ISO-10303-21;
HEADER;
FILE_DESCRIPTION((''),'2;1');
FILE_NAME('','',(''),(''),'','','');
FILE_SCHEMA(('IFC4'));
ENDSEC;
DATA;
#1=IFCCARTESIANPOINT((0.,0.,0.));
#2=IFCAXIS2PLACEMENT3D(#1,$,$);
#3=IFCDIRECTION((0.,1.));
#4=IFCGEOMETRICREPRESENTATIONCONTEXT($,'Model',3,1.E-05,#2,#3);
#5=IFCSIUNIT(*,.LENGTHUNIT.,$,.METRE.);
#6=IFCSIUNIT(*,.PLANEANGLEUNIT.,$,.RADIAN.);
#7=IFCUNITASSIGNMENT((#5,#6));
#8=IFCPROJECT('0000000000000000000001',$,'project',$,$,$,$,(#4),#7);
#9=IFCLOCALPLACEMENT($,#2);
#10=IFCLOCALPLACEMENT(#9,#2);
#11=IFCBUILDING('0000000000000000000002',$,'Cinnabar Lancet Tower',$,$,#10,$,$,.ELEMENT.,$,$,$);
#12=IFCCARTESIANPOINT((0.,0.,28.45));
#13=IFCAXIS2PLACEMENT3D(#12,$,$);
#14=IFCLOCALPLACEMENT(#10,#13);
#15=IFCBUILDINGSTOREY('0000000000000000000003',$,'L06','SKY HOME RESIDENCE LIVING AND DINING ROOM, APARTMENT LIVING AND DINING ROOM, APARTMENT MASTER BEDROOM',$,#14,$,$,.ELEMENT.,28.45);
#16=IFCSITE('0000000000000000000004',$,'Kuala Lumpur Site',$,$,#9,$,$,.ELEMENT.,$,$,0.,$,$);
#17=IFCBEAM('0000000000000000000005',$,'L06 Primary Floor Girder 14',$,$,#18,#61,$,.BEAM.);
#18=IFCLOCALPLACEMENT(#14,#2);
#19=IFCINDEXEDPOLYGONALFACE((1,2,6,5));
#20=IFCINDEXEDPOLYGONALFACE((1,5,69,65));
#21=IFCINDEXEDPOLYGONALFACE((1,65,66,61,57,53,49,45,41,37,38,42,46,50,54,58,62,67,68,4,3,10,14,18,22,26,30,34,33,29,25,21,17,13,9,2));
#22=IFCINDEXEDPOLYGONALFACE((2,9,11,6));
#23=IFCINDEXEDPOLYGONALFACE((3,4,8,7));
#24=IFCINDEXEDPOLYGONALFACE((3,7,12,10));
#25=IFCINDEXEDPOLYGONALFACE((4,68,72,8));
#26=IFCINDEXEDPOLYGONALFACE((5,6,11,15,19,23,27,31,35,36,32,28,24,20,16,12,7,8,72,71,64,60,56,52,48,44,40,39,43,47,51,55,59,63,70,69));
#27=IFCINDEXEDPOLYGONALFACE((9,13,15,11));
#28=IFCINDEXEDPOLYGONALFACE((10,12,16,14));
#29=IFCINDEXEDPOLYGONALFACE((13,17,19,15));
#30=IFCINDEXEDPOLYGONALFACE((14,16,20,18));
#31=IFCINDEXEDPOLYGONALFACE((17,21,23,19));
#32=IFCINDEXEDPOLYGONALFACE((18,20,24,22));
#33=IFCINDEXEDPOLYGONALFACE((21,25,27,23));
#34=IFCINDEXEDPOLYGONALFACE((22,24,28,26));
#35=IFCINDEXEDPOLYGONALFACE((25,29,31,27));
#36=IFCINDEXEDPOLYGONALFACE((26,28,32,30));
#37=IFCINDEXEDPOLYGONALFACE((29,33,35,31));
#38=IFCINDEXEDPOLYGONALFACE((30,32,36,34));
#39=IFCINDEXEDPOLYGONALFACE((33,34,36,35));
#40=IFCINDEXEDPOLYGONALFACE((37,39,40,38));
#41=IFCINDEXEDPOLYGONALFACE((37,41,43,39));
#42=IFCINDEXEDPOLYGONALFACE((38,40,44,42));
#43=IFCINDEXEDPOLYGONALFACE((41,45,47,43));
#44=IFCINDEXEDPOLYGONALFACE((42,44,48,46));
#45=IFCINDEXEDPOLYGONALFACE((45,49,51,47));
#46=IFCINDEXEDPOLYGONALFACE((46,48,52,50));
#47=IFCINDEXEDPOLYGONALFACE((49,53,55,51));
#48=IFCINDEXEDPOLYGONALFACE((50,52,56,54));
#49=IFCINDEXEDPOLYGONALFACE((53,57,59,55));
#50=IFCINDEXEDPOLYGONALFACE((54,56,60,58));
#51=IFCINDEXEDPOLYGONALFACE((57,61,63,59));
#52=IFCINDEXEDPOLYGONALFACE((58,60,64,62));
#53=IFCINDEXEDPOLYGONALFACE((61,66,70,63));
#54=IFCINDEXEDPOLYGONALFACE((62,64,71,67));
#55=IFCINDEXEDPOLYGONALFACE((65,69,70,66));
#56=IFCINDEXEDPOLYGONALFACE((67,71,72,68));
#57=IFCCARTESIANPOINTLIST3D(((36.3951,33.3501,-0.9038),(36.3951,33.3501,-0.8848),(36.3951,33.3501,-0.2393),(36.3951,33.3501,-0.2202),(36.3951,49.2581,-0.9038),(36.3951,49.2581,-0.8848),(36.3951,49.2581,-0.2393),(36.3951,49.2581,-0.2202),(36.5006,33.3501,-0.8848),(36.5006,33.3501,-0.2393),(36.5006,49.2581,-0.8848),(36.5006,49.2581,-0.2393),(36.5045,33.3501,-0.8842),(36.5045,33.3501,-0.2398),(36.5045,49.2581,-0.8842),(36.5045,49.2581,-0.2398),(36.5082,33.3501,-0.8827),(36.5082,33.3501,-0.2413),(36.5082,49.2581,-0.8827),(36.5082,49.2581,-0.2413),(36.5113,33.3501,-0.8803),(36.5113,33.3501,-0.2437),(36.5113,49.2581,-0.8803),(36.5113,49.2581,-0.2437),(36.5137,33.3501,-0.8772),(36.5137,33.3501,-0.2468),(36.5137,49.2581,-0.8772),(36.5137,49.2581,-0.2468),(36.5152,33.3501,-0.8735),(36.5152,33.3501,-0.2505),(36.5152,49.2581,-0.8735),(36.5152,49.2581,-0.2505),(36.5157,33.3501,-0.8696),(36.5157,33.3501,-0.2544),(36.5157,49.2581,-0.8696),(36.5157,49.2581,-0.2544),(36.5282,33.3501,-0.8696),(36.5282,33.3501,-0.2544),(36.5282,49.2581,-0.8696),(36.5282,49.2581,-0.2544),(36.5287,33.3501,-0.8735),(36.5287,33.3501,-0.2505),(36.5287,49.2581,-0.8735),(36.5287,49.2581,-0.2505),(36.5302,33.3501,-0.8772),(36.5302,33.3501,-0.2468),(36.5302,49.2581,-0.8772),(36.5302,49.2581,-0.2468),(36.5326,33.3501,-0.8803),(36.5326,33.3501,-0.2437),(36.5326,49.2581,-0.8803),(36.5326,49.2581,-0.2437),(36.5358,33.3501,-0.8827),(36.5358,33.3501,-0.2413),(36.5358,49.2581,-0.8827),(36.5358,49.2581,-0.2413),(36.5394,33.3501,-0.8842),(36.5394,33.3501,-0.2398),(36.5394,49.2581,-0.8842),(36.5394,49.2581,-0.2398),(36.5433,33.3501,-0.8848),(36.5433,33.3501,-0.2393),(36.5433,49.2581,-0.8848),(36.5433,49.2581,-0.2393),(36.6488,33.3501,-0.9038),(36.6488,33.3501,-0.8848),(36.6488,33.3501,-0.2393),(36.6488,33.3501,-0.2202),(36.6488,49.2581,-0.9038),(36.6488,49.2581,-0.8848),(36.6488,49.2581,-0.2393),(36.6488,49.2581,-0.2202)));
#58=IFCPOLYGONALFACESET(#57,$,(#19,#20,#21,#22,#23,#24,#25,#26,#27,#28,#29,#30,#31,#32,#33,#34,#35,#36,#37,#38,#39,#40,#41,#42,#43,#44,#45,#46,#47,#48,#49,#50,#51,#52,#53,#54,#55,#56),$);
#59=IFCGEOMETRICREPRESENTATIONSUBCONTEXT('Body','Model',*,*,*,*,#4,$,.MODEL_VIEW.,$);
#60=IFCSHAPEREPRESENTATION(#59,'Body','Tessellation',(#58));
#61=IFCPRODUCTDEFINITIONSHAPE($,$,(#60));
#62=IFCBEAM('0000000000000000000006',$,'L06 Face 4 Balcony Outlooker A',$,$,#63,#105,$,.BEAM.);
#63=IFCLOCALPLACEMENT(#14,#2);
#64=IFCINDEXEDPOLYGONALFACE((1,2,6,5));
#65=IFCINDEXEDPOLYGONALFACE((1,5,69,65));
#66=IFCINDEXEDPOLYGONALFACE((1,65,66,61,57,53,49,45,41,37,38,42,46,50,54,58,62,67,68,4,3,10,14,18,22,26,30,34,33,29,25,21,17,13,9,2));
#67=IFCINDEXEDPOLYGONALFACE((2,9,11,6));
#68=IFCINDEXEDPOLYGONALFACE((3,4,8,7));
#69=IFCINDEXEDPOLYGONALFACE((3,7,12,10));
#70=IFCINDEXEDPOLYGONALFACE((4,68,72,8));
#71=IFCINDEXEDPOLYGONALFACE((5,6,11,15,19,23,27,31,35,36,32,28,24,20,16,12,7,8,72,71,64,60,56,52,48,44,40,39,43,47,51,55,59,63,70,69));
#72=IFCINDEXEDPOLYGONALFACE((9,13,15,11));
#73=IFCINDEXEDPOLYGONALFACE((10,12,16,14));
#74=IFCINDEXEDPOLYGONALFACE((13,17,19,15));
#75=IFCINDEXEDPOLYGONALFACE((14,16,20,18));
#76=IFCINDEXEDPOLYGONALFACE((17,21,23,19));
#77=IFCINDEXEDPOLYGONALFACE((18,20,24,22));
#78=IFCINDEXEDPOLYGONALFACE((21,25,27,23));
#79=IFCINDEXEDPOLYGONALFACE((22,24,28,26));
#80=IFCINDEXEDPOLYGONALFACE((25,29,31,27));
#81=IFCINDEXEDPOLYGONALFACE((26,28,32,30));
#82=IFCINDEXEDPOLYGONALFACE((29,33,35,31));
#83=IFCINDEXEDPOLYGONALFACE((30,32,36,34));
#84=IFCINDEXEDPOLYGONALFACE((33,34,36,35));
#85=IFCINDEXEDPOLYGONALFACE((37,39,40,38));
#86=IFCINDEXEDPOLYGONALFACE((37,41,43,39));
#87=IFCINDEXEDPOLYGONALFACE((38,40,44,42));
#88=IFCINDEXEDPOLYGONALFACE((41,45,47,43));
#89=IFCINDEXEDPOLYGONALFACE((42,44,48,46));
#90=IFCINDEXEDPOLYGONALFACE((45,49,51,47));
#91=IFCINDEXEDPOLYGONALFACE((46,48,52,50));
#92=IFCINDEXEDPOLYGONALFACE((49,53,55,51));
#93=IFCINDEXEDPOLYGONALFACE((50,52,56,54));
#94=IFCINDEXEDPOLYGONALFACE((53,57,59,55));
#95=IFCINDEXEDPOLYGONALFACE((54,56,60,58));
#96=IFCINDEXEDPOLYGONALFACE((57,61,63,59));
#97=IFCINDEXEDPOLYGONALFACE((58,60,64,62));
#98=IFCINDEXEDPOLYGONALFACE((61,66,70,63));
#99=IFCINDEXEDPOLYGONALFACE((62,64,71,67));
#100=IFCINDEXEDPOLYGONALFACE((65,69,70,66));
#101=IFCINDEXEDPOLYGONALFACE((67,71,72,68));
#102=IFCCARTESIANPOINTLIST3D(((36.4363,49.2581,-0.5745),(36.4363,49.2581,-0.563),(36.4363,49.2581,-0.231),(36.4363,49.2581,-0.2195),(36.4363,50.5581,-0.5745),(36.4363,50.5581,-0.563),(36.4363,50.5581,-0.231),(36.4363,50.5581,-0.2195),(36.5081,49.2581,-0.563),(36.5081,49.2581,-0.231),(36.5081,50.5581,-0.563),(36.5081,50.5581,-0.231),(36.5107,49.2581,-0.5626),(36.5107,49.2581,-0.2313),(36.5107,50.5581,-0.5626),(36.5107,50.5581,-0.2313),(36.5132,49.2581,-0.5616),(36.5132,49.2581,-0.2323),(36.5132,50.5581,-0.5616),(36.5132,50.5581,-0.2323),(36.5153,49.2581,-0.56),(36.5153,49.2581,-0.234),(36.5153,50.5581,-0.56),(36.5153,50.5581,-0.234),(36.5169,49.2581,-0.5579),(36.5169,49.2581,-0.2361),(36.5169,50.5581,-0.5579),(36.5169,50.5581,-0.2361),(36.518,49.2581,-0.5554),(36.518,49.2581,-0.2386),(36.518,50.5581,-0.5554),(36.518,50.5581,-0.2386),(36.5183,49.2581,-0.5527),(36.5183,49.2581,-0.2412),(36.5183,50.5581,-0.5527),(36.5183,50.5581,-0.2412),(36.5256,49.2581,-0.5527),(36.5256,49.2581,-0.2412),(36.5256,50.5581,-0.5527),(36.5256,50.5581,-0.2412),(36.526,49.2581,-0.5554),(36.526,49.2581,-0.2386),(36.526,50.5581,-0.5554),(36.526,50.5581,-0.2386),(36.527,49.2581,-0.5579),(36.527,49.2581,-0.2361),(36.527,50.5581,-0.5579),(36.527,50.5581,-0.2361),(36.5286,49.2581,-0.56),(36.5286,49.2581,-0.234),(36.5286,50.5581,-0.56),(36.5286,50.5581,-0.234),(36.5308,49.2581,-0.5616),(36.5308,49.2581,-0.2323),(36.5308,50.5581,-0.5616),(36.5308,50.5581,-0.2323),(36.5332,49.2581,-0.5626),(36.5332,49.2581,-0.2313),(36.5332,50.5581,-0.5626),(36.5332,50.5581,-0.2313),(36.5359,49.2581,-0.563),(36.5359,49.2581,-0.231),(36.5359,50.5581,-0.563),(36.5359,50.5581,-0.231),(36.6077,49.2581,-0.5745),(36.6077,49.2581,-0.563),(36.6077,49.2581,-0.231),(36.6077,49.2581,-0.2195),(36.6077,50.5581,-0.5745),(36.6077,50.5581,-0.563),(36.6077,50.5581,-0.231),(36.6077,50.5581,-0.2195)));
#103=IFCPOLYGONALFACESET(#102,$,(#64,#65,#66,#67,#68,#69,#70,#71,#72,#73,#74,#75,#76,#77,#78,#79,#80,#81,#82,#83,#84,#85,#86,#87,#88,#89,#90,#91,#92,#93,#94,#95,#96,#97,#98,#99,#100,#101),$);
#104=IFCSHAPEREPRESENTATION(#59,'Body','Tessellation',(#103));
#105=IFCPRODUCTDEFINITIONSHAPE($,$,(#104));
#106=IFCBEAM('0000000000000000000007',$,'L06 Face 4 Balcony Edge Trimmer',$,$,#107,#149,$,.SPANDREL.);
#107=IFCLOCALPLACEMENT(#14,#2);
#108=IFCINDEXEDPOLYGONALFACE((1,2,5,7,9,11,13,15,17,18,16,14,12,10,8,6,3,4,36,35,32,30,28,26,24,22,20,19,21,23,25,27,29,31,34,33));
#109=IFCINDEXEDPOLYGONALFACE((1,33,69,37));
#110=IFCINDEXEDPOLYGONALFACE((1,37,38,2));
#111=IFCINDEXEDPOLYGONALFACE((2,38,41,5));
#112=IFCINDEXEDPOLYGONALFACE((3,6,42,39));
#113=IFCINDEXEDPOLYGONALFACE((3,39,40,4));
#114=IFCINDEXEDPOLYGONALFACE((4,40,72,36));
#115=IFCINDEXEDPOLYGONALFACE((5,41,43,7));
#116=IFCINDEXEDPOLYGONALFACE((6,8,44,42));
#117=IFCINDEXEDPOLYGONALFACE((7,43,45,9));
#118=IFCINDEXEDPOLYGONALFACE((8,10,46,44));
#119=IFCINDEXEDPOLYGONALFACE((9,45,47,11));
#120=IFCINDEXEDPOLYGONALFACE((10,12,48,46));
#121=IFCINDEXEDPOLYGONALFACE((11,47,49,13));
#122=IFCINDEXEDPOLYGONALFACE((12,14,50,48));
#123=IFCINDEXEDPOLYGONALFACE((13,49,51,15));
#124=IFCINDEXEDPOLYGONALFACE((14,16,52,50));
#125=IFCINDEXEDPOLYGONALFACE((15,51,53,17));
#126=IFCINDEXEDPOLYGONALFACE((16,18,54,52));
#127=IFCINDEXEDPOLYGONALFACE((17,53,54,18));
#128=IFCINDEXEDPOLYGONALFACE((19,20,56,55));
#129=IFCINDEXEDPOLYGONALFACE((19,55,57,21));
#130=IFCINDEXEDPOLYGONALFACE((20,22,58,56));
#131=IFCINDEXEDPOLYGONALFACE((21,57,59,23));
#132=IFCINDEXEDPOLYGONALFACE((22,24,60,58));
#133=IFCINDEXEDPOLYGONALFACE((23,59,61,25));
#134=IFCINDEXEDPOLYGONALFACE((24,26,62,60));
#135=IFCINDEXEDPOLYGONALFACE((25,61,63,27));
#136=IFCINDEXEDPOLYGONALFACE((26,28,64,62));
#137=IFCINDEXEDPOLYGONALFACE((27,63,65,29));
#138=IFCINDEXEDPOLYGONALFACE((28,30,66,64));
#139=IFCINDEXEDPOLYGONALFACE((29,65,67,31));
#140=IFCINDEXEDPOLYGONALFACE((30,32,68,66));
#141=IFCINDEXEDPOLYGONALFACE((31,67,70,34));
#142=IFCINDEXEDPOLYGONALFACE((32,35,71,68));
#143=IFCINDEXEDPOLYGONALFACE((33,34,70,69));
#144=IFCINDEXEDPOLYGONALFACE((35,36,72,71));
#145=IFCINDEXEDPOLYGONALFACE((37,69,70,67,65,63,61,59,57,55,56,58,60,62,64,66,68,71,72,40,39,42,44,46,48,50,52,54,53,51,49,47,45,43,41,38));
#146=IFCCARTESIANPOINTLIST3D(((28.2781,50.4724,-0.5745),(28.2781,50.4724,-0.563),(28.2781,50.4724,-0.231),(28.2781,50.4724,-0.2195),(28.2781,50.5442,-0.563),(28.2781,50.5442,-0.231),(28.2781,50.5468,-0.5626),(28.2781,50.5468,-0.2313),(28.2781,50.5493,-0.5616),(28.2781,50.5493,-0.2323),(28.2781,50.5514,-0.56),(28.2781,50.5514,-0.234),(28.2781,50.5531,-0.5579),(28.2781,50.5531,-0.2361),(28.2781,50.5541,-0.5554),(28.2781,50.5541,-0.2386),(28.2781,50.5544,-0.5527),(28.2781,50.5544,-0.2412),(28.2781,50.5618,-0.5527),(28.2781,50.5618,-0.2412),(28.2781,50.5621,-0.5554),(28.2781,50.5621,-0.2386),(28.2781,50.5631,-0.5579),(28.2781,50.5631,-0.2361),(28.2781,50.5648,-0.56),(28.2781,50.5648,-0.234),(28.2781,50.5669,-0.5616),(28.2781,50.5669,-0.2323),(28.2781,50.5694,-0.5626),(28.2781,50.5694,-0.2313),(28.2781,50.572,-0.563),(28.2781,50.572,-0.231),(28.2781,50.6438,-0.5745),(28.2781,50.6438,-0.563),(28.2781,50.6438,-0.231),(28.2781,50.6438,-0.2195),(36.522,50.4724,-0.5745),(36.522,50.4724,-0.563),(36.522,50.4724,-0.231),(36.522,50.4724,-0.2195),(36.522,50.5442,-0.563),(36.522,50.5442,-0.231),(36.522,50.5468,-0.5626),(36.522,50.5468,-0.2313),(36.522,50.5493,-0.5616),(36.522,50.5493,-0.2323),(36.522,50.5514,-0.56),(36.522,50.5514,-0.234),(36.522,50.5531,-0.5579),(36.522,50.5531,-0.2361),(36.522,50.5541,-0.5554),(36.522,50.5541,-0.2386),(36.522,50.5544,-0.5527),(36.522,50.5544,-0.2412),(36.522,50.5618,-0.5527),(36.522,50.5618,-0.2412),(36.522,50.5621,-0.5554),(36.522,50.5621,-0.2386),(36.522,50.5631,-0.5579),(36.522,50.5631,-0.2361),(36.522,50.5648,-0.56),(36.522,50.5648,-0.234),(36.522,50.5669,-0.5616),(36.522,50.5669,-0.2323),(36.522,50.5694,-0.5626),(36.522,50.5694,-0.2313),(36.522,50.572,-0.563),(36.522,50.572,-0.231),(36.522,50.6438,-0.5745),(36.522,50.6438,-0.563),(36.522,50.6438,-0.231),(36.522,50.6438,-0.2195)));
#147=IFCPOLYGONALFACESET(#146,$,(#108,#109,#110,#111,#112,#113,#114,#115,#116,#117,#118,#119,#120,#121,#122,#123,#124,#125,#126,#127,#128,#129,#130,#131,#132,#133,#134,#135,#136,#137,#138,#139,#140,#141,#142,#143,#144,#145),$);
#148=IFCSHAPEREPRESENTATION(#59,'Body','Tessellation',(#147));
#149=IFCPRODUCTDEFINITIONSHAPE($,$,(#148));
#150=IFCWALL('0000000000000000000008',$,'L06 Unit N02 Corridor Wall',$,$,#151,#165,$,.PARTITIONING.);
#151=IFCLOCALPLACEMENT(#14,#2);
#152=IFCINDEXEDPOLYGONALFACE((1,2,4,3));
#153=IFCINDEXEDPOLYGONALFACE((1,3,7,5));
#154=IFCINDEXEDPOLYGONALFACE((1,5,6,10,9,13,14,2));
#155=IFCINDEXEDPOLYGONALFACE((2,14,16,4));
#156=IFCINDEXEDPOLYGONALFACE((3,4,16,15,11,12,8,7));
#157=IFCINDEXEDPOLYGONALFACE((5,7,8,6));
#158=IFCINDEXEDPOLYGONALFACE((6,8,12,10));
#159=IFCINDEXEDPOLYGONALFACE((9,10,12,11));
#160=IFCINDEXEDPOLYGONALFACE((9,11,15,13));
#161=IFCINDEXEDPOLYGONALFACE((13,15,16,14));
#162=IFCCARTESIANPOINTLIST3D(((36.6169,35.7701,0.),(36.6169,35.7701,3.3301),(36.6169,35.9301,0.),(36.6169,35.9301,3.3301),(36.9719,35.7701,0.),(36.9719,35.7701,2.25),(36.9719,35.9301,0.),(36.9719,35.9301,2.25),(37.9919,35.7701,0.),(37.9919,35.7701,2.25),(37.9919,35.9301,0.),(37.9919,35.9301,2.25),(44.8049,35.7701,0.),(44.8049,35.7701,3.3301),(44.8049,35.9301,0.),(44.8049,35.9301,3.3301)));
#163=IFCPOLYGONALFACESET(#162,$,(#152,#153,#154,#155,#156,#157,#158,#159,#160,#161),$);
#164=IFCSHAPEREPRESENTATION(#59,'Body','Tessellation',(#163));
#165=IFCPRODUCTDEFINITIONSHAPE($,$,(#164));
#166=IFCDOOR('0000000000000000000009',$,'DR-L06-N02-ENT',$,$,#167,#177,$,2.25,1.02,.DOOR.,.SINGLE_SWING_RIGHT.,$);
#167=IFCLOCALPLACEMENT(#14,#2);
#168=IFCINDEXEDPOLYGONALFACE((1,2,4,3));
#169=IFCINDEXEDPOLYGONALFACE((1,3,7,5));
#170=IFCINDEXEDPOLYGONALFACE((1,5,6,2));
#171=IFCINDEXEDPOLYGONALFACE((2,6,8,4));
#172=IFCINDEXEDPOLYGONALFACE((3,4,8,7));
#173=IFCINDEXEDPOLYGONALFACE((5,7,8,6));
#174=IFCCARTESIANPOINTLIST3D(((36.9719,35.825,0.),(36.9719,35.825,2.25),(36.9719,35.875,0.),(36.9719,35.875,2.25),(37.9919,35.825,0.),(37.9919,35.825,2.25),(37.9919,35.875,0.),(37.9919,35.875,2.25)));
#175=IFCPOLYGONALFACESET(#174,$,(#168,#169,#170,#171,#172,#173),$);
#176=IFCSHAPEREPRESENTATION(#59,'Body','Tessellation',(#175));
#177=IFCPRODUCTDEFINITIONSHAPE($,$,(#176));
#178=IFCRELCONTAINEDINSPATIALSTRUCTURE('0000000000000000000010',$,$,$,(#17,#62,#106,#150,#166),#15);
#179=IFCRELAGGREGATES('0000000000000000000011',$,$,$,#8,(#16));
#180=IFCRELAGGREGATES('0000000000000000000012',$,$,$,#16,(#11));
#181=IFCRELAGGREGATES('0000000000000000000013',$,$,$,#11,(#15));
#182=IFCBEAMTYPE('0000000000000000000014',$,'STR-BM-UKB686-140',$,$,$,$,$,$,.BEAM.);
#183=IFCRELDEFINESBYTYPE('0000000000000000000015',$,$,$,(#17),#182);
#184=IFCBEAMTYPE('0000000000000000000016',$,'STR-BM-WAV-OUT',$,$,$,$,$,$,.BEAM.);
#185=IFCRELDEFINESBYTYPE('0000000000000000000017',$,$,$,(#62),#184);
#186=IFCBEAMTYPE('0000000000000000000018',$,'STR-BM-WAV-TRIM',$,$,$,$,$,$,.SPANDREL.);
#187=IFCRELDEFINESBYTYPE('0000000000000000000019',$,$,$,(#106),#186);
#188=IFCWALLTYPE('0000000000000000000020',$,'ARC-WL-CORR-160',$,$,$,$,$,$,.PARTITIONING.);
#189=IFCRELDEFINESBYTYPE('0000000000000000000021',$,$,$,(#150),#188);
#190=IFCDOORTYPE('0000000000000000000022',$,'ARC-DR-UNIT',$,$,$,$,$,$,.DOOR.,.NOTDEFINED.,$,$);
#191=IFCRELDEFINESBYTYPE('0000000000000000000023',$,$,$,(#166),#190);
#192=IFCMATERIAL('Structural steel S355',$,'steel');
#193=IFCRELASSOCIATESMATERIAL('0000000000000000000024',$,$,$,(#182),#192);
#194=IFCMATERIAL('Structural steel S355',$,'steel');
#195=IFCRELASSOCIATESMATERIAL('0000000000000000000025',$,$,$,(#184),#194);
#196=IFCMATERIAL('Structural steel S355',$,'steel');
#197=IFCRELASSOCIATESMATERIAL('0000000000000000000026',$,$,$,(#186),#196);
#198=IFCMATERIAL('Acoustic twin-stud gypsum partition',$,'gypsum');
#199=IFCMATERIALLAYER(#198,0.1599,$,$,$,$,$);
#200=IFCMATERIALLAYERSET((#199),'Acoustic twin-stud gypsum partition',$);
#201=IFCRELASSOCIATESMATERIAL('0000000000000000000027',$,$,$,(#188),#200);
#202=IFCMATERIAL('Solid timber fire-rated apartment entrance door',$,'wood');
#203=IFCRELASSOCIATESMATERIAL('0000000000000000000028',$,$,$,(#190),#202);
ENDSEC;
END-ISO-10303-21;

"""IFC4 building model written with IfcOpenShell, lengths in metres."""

from ifc_helpers import new_model, si_unit, direction, frame, frame_2d, origin, origin_2d, place, context, subcontext, project, spatial, rectangle, i_section, extrude, material, layer, layer_set, material_profile, profile_set, type_object, element, fill, save


model = new_model("IFC4")

# Units and contexts
model_context = context("Model", 3, precision=1e-05, world=origin(), true_north=direction((0.0, 1.0)))
body_context = subcontext(model_context, "Body", "Model", "MODEL_VIEW")
ifc_project = project(units=[si_unit("LENGTHUNIT", "METRE"), si_unit("PLANEANGLEUNIT", "RADIAN")], contexts=[model_context])

# Site, building, storey
site_placement = place(None, origin())
site = spatial("IfcSite", under=ifc_project, at=site_placement, Name="Kuala Lumpur Site", CompositionType="ELEMENT", RefElevation=0.0)
building_placement = place(site_placement, origin())
building = spatial("IfcBuilding", under=site, at=building_placement, Name="Cinnabar Lancet Tower", CompositionType="ELEMENT")
storey_placement = place(building_placement, frame((0.0, 0.0, 28.45)))
storey = spatial("IfcBuildingStorey", under=building, at=storey_placement, Name="L06", Description="SKY HOME RESIDENCE LIVING AND DINING ROOM, APARTMENT LIVING AND DINING ROOM, APARTMENT MASTER BEDROOM", CompositionType="ELEMENT", Elevation=28.45)

# Beams
ifc_material_1 = material(Name="Structural steel S355", Category="steel")
ifc_material_profile_1 = material_profile(ifc_material_1, i_section(OverallWidth=0.2537, OverallDepth=0.6836, WebThickness=0.0125, FlangeThickness=0.019, FilletRadius=0.0151, at=origin_2d()), Name="UKB 686x254x140")
ifc_profile_set_1 = profile_set([ifc_material_profile_1], Name="Structural steel S355")
beam_type_1 = type_object("IfcBeamType", Name="STR-BM-UKB686-140", PredefinedType="BEAM", material=ifc_profile_set_1)
beam_1_placement = place(storey_placement, frame((36.522, 49.2581, -0.562), z_axis=(0.0, -1.0, 0.0), x_axis=(1.0, 0.0, 0.0)))
element("IfcBeam", 1, at=beam_1_placement, inside=storey, type_object=beam_type_1, Name="L06 Primary Floor Girder 14", PredefinedType="BEAM", context=body_context, shape_type="SweptSolid", body=[
    extrude(i_section(OverallWidth=0.2537, OverallDepth=0.6836, WebThickness=0.0125, FlangeThickness=0.019, FilletRadius=0.0151, at=origin_2d()), origin(), (0.0, 0.0, 1.0), 15.908),
])
ifc_material_2 = material(Name="Structural steel S355", Category="steel")
ifc_material_profile_2 = material_profile(ifc_material_2, i_section(OverallWidth=0.1714, OverallDepth=0.355, WebThickness=0.0073, FlangeThickness=0.0115, FilletRadius=0.0103, at=origin_2d()), Name="UKB 356x171x51")
ifc_profile_set_2 = profile_set([ifc_material_profile_2], Name="Structural steel S355")
beam_type_2 = type_object("IfcBeamType", Name="STR-BM-WAV-OUT", PredefinedType="BEAM", material=ifc_profile_set_2)
beam_2_placement = place(storey_placement, frame((36.522, 49.2581, -0.397), z_axis=(0.0, 1.0, 0.0), x_axis=(-1.0, 0.0, 0.0)))
element("IfcBeam", 2, at=beam_2_placement, inside=storey, type_object=beam_type_2, Name="L06 Face 4 Balcony Outlooker A", PredefinedType="BEAM", context=body_context, shape_type="SweptSolid", body=[
    extrude(i_section(OverallWidth=0.1714, OverallDepth=0.355, WebThickness=0.0073, FlangeThickness=0.0115, FilletRadius=0.0103, at=origin_2d()), origin(), (0.0, 0.0, 1.0), 1.3),
])
ifc_material_3 = material(Name="Structural steel S355", Category="steel")
ifc_material_profile_3 = material_profile(ifc_material_3, i_section(OverallWidth=0.1714, OverallDepth=0.355, WebThickness=0.0073, FlangeThickness=0.0115, FilletRadius=0.0103, at=origin_2d()), Name="UKB 356x171x51")
ifc_profile_set_3 = profile_set([ifc_material_profile_3], Name="Structural steel S355")
beam_type_3 = type_object("IfcBeamType", Name="STR-BM-WAV-TRIM", PredefinedType="SPANDREL", material=ifc_profile_set_3)
beam_3_placement = place(storey_placement, frame((36.522, 50.5581, -0.397), z_axis=(-1.0, 0.0, 0.0), x_axis=(0.0, -1.0, 0.0)))
element("IfcBeam", 3, at=beam_3_placement, inside=storey, type_object=beam_type_3, Name="L06 Face 4 Balcony Edge Trimmer", PredefinedType="SPANDREL", context=body_context, shape_type="SweptSolid", body=[
    extrude(i_section(OverallWidth=0.1714, OverallDepth=0.355, WebThickness=0.0073, FlangeThickness=0.0115, FilletRadius=0.0103, at=origin_2d()), origin(), (0.0, 0.0, 1.0), 8.2439),
])

# Wall, opening, door
ifc_material_4 = material(Name="Acoustic twin-stud gypsum partition", Category="gypsum")
ifc_layer_1 = layer(ifc_material_4, 0.1599)
ifc_layer_set_1 = layer_set([ifc_layer_1], Name="Acoustic twin-stud gypsum partition")
wall_type_1 = type_object("IfcWallType", Name="ARC-WL-CORR-160", PredefinedType="PARTITIONING", material=ifc_layer_set_1)
wall_1_placement = place(storey_placement, frame((36.6169, 35.8501, 0.0), z_axis=(0.0, 0.0, 1.0), x_axis=(1.0, 0.0, 0.0)))
wall_1 = element("IfcWall", 4, at=wall_1_placement, inside=storey, type_object=wall_type_1, Name="L06 Unit N02 Corridor Wall", PredefinedType="PARTITIONING", context=body_context, shape_type="SweptSolid", body=[
    extrude(rectangle(XDim=8.188, YDim=0.1599, at=frame_2d((4.094, 0.0))), origin(), (0.0, 0.0, 1.0), 3.3301),
])
opening_1_placement = place(wall_1_placement, frame((0.355, 0.0, 0.0)))
opening_1 = element("IfcOpeningElement", 5, at=opening_1_placement, cuts=wall_1, PredefinedType="OPENING", context=body_context, shape_type="SweptSolid", body=[
    extrude(rectangle(XDim=1.02, YDim=2.25, at=frame_2d((0.51, 1.125))), frame((0.0, 0.0898, 0.0), z_axis=(0.0, -1.0, 0.0), x_axis=(1.0, 0.0, 0.0)), (0.0, 0.0, 1.0), 0.1799),
])
ifc_material_5 = material(Name="Solid timber fire-rated apartment entrance door", Category="wood")
door_type_1 = type_object("IfcDoorType", Name="ARC-DR-UNIT", OperationType="NOTDEFINED", PredefinedType="DOOR", material=ifc_material_5)
door_1_placement = place(opening_1_placement, origin())
door_1 = element("IfcDoor", 6, at=door_1_placement, inside=storey, type_object=door_type_1, Name="DR-L06-N02-ENT", OperationType="SINGLE_SWING_RIGHT", OverallHeight=2.25, OverallWidth=1.02, PredefinedType="DOOR", context=body_context, shape_type="SweptSolid", body=[
    extrude(rectangle(XDim=1.02, YDim=2.25, at=frame_2d((0.51, 1.125))), frame((0.0, 0.0249, 0.0), z_axis=(0.0, -1.0, 0.0), x_axis=(1.0, 0.0, 0.0)), (0.0, 0.0, 1.0), 0.05),
])
fill(opening_1, door_1)

save(model, "model.ifc")
